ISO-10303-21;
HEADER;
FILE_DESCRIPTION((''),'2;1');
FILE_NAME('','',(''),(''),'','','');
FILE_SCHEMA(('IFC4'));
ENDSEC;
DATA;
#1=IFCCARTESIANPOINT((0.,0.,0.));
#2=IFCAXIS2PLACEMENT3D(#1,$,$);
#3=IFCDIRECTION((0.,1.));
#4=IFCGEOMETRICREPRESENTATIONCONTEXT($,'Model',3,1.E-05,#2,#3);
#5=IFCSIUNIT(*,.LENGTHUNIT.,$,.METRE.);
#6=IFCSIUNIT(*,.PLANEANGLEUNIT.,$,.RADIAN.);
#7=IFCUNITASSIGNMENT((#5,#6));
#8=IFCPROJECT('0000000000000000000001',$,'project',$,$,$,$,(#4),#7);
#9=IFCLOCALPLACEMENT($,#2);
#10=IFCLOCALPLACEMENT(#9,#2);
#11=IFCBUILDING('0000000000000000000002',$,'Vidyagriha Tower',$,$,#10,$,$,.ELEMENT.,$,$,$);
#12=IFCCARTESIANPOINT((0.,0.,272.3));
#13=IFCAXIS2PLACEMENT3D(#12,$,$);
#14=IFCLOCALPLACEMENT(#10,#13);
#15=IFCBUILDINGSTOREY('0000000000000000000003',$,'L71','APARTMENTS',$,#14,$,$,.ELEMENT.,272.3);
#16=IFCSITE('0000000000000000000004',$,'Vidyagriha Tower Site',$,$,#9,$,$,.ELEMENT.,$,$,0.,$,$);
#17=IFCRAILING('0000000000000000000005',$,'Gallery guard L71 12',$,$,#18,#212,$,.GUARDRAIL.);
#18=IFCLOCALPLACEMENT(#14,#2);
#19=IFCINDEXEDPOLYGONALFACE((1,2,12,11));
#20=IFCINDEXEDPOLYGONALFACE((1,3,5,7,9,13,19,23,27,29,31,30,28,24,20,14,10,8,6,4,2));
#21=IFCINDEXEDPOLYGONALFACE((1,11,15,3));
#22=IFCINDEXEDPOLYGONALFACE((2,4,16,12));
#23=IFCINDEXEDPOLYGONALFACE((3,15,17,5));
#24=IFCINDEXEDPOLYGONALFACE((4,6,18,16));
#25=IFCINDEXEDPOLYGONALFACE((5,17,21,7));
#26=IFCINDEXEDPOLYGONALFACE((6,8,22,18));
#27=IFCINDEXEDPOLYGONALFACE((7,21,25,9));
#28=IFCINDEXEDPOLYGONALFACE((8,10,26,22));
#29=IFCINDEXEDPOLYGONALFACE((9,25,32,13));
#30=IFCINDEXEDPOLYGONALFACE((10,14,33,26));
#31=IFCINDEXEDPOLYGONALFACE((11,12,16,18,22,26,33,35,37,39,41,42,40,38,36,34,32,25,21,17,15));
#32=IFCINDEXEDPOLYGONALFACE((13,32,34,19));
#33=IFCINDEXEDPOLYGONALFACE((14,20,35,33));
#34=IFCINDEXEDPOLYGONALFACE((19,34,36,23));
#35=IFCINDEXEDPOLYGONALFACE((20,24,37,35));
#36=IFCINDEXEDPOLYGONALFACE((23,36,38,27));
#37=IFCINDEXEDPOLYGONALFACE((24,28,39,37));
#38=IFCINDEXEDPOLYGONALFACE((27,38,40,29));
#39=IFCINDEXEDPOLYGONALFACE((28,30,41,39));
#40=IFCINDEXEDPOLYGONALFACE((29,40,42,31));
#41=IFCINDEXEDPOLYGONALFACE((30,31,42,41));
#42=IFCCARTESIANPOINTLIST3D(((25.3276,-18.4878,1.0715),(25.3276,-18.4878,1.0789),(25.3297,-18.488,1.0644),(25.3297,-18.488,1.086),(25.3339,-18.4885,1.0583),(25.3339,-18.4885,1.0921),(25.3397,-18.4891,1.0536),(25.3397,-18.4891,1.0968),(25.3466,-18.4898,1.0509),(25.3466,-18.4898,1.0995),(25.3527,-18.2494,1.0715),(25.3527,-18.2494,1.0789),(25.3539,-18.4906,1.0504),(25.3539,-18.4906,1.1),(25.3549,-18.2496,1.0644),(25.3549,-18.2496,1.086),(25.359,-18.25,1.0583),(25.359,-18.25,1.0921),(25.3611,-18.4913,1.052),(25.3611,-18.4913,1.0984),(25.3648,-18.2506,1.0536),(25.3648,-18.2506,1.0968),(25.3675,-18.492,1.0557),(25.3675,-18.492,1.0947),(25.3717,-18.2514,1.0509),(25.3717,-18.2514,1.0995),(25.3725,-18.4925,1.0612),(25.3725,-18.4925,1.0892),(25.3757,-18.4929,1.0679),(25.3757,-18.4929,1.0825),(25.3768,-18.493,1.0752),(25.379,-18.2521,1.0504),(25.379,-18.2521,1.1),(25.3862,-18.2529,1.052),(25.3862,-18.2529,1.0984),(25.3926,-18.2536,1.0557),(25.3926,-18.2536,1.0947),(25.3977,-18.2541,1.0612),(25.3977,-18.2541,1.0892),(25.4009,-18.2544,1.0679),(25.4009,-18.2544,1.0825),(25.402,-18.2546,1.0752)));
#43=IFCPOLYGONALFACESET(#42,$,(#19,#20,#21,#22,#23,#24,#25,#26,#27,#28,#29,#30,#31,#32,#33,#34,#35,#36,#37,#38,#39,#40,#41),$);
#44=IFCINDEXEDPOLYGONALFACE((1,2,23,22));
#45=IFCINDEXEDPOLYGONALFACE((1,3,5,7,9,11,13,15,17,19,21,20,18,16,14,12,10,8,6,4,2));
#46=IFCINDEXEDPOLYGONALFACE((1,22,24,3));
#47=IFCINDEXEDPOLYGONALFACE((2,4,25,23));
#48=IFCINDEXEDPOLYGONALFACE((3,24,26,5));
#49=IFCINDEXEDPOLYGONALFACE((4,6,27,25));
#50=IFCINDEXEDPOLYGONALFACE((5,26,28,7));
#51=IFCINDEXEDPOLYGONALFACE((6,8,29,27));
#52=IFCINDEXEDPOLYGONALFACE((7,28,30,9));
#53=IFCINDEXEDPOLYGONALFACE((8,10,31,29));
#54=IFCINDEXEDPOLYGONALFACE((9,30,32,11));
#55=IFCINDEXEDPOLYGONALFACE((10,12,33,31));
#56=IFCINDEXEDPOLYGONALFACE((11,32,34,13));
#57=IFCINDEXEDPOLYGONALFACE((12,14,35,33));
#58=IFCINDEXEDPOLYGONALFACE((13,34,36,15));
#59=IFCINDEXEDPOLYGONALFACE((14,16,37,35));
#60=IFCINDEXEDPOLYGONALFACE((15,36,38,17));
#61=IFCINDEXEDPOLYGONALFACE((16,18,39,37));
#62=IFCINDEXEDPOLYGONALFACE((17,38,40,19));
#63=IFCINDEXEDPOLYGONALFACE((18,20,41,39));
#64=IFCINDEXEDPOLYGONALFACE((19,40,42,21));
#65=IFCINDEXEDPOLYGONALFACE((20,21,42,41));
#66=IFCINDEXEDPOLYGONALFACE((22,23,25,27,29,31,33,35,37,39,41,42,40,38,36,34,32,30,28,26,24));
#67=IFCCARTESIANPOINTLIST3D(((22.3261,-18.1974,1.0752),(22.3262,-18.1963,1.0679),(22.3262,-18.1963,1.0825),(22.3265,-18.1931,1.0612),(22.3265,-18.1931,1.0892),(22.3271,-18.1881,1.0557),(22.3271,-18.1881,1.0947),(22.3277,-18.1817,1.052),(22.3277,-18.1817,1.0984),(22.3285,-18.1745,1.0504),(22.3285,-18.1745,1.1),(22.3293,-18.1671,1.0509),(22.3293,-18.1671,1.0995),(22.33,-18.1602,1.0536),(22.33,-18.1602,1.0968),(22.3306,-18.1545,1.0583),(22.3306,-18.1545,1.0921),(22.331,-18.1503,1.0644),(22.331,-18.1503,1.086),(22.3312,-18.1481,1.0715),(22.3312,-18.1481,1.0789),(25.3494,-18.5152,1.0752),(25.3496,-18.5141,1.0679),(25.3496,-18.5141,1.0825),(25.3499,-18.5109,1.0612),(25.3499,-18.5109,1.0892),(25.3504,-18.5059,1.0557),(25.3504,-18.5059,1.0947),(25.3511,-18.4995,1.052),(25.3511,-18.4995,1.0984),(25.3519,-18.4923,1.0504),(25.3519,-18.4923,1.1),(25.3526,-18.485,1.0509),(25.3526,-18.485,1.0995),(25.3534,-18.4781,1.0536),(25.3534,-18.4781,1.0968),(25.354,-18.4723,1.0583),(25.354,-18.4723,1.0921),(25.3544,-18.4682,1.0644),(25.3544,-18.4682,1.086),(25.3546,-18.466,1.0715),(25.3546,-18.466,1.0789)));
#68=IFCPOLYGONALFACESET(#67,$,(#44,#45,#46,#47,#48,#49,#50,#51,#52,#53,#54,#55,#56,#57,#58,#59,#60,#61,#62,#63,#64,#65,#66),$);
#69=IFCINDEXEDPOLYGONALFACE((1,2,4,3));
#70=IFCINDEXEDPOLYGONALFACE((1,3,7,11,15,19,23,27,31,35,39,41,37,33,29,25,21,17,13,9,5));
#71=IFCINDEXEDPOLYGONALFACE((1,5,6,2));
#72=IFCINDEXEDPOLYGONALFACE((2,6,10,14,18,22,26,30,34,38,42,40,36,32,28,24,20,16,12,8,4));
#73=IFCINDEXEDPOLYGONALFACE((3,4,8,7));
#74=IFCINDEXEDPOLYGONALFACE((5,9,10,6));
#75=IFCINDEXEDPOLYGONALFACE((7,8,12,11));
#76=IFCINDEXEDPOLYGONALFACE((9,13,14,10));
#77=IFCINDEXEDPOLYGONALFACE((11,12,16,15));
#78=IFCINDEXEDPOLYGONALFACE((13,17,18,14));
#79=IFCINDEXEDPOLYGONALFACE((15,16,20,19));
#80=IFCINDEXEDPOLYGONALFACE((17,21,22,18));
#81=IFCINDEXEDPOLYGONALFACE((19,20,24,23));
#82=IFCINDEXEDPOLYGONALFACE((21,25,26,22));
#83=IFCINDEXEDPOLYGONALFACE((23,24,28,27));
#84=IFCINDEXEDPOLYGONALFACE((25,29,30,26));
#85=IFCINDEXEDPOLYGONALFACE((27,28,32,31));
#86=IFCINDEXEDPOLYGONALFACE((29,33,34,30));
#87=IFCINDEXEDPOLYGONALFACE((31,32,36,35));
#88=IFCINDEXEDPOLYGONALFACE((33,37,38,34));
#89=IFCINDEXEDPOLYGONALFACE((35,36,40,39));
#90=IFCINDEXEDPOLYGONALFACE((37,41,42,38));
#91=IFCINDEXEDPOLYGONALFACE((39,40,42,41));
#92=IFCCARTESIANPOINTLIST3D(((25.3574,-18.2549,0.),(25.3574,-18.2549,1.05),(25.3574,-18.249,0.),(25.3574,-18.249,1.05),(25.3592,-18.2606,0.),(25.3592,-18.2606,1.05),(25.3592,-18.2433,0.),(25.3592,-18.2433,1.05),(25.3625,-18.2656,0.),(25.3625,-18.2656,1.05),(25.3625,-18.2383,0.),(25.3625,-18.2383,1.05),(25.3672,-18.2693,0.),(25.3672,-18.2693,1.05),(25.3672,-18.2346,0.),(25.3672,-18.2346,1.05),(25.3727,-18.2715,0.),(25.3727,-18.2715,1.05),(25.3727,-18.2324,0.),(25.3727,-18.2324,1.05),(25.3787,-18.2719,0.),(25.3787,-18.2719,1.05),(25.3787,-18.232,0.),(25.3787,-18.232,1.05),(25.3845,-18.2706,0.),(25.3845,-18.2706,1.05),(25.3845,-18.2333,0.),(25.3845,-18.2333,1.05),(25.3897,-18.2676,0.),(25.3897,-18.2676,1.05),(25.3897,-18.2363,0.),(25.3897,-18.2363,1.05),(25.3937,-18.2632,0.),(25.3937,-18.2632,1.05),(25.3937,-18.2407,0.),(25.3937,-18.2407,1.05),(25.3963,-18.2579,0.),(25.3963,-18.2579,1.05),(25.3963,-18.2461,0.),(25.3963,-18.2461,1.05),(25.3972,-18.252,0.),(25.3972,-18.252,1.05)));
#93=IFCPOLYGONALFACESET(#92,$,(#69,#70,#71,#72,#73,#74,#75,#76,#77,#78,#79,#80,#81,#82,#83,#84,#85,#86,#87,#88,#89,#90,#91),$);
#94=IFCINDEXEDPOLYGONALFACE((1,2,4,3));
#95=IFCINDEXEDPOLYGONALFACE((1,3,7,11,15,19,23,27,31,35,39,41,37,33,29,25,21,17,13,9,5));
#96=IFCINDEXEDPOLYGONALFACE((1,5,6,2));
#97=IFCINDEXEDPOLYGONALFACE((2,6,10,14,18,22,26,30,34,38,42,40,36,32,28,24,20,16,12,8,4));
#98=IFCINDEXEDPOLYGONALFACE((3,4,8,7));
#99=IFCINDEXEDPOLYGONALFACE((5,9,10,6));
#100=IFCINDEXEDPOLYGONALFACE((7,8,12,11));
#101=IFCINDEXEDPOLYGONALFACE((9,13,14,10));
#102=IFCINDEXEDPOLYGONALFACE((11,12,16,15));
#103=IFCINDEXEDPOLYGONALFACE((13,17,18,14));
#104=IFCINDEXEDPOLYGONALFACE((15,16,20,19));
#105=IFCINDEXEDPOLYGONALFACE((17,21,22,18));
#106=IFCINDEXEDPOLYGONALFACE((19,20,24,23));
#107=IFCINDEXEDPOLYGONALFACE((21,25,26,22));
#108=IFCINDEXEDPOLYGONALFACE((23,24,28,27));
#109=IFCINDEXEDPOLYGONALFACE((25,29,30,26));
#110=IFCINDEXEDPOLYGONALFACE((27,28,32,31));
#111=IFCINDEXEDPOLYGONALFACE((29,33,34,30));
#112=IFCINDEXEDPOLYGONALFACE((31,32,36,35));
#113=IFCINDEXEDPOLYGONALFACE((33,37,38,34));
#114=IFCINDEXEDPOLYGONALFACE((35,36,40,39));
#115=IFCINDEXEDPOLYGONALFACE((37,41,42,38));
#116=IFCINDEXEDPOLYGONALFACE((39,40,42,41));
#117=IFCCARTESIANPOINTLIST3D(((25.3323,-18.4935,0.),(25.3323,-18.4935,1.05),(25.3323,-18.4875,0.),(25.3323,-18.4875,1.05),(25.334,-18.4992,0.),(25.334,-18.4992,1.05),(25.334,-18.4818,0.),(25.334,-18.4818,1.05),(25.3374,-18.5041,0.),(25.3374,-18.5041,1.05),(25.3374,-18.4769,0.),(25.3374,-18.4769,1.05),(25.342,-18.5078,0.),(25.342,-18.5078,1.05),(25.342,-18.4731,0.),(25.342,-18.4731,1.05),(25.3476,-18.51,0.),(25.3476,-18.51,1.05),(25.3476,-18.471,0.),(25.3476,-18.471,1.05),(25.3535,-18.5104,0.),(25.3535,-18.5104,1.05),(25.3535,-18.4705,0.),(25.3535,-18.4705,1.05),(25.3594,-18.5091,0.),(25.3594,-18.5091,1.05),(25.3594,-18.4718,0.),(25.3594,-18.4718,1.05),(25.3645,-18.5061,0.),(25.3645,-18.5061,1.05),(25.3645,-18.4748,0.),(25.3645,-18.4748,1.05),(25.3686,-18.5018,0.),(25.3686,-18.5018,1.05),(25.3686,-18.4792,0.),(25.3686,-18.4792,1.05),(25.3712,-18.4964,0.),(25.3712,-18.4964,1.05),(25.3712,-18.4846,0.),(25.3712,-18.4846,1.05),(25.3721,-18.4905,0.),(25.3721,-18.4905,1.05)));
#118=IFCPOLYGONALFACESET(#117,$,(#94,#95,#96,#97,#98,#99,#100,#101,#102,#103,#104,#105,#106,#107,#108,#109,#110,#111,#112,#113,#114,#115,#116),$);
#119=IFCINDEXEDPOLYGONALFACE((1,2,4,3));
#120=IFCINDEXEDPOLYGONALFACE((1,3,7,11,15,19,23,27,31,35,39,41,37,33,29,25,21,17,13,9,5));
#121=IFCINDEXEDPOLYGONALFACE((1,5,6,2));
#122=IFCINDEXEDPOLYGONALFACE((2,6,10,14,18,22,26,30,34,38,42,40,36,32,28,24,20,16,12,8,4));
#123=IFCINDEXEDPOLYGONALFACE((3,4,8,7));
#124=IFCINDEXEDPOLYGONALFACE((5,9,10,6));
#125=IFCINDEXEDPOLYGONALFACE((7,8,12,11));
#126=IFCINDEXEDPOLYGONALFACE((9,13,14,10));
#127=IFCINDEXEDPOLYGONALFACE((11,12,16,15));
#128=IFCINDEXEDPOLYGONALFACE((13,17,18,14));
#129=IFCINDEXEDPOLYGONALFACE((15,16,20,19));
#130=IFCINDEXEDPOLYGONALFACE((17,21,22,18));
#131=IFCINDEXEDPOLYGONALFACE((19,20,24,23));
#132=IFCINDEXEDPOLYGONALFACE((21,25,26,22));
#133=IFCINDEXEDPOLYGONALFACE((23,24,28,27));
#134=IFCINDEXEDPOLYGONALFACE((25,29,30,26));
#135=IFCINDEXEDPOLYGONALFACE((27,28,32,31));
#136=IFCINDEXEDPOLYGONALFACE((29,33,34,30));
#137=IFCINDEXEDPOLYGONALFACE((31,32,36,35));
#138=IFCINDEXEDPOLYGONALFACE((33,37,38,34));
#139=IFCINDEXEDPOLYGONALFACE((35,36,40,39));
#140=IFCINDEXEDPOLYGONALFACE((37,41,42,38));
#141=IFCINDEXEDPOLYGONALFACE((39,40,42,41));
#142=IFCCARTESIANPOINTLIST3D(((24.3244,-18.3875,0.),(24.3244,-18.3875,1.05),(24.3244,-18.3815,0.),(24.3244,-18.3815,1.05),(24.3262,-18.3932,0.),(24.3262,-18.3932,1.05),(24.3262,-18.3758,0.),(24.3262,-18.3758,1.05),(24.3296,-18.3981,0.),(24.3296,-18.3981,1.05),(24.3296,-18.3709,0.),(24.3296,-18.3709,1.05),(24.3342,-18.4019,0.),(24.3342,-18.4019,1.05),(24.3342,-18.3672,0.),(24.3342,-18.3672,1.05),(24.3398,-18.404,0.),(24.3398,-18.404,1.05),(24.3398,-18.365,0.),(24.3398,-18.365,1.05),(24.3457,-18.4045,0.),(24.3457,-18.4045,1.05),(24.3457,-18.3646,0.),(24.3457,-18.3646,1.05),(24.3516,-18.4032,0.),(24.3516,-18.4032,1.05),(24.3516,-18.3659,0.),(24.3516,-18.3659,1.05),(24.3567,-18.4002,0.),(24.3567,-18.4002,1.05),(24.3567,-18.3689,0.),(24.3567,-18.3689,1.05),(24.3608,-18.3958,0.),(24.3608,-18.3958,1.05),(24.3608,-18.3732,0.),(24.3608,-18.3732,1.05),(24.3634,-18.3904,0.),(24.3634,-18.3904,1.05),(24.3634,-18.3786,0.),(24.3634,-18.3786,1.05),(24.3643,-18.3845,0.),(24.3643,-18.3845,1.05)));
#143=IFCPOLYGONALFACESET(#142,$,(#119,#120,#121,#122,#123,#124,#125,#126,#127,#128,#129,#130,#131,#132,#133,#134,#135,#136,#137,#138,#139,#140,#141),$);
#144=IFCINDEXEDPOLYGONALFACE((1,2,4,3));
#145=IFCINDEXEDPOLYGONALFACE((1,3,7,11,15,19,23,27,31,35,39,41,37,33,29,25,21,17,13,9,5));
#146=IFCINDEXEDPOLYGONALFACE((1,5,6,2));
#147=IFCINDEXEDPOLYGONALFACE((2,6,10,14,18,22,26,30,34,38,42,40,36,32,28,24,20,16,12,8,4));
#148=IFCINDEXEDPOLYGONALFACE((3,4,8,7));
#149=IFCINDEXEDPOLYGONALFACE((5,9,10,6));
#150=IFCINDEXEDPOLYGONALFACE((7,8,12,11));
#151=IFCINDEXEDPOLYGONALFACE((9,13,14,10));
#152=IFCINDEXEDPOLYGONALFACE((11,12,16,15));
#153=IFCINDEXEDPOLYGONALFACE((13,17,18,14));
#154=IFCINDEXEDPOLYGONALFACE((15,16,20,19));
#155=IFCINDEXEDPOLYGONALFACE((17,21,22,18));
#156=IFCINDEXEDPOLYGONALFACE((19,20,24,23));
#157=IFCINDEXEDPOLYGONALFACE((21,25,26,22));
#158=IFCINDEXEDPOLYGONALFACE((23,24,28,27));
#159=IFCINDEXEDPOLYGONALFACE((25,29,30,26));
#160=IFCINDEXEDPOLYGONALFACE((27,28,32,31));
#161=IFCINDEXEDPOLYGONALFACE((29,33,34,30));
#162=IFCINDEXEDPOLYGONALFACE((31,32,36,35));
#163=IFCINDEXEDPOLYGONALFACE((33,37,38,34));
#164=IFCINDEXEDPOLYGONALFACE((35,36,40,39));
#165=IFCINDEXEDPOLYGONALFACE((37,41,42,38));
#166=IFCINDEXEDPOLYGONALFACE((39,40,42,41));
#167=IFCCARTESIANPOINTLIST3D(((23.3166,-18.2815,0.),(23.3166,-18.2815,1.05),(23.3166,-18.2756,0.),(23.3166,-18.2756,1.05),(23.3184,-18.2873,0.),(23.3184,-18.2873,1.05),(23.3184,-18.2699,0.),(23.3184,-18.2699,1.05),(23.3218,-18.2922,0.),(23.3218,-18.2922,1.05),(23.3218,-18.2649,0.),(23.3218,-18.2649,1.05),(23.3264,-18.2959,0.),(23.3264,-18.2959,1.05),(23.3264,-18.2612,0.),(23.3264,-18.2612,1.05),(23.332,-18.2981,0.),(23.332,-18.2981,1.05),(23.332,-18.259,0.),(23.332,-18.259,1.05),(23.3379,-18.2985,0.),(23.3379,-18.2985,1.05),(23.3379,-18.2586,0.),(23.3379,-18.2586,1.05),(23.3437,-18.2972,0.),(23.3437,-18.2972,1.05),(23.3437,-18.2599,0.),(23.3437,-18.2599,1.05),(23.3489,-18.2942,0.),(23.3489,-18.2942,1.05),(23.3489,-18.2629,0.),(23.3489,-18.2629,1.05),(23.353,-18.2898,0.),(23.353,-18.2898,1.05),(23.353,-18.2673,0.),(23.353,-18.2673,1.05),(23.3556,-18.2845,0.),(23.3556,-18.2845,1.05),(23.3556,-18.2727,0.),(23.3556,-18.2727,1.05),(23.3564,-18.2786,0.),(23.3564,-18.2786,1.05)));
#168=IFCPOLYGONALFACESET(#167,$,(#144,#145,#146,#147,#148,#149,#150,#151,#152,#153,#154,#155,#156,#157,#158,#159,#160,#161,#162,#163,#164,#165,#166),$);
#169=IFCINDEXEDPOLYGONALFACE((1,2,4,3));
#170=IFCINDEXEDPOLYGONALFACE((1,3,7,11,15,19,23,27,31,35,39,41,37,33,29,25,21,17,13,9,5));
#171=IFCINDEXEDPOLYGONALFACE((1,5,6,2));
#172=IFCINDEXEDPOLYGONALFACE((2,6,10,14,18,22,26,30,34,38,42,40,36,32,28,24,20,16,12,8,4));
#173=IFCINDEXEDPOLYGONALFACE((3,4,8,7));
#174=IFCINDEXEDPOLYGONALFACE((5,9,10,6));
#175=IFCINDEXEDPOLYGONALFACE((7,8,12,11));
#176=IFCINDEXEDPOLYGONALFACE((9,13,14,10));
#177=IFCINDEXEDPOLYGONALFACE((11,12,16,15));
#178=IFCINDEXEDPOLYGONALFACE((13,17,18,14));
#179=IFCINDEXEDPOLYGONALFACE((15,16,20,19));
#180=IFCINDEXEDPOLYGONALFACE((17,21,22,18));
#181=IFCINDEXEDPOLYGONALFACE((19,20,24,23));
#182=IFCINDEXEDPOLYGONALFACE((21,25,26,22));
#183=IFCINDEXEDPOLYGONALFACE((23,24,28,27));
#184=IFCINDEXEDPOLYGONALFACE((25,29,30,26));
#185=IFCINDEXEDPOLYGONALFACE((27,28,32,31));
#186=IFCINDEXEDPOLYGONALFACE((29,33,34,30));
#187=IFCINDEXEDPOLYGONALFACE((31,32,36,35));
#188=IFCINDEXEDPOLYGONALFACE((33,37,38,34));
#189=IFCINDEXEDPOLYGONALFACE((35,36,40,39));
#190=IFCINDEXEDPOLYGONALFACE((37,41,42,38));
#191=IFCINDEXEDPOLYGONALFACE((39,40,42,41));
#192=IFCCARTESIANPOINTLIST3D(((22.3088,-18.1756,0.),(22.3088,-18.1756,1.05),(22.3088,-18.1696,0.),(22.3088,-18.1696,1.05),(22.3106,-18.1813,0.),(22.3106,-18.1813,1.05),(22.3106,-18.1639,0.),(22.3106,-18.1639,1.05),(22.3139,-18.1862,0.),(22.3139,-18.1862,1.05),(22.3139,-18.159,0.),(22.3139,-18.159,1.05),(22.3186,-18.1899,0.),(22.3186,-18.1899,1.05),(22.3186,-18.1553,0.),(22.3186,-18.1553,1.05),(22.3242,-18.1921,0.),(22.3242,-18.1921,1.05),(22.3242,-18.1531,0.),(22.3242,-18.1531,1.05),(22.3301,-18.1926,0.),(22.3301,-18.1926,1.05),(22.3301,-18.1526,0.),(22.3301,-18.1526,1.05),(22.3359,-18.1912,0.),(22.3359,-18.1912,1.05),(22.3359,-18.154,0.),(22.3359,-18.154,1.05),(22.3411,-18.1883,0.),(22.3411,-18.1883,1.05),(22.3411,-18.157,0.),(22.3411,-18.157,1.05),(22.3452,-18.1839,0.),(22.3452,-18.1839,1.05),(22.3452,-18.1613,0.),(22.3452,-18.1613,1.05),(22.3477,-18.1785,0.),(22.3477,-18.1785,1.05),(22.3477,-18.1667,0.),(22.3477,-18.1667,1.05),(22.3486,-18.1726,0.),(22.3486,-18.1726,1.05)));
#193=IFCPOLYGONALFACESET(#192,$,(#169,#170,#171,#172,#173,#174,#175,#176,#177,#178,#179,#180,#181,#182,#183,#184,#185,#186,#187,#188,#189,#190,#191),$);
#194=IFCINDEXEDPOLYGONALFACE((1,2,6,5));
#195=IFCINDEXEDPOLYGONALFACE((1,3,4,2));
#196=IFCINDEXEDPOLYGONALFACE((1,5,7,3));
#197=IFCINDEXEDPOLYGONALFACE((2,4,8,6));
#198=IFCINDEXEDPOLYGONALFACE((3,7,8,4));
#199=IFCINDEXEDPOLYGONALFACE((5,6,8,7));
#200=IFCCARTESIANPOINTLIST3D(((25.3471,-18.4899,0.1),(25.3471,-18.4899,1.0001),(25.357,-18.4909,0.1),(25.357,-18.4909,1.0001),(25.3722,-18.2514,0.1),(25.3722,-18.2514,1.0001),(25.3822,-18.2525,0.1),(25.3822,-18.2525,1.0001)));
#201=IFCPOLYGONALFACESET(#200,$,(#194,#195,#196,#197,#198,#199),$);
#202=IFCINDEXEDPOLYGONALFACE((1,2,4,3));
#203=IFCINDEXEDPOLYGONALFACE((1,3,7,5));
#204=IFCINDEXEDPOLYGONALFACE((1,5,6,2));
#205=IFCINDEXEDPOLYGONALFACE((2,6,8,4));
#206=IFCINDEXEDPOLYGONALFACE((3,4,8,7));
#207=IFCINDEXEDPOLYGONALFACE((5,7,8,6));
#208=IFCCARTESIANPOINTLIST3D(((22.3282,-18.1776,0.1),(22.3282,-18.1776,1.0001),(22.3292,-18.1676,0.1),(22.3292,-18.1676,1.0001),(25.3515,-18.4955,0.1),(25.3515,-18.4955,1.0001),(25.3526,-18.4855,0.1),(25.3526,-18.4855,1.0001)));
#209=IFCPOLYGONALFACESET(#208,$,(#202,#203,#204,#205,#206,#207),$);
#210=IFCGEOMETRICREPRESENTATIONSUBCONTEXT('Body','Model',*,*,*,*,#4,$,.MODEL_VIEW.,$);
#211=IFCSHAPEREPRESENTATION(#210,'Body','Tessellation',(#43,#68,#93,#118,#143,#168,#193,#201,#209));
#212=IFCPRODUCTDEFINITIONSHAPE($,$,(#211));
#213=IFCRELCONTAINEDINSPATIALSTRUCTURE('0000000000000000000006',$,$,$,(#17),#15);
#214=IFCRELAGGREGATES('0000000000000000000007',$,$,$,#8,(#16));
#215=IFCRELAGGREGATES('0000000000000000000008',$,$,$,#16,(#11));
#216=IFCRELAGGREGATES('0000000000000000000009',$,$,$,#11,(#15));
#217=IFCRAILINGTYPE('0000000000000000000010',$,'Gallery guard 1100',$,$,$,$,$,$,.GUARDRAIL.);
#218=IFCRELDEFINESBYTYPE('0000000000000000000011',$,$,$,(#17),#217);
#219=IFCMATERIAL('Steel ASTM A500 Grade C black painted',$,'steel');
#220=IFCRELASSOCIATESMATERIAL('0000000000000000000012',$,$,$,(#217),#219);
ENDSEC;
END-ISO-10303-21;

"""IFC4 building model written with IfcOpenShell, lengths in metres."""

from ifc_helpers import new_model, si_unit, direction, frame, origin, origin_2d, place, context, subcontext, project, spatial, rectangle, circle, extrude, material, type_object, element, save


model = new_model("IFC4")

# Units and contexts
model_context = context("Model", 3, precision=1e-05, world=origin(), true_north=direction((0.0, 1.0)))
body_context = subcontext(model_context, "Body", "Model", "MODEL_VIEW")
ifc_project = project(units=[si_unit("LENGTHUNIT", "METRE"), si_unit("PLANEANGLEUNIT", "RADIAN")], contexts=[model_context])

# Site, building, storey
site_placement = place(None, origin())
site = spatial("IfcSite", under=ifc_project, at=site_placement, Name="Vidyagriha Tower Site", CompositionType="ELEMENT", RefElevation=0.0)
building_placement = place(site_placement, origin())
building = spatial("IfcBuilding", under=site, at=building_placement, Name="Vidyagriha Tower", CompositionType="ELEMENT")
storey_placement = place(building_placement, frame((0.0, 0.0, 272.3)))
storey = spatial("IfcBuildingStorey", under=building, at=storey_placement, Name="L71", Description="APARTMENTS", CompositionType="ELEMENT", Elevation=272.3)

# Railing
ifc_material_1 = material(Name="Steel ASTM A500 Grade C black painted", Category="steel")
railing_type = type_object("IfcRailingType", Name="Gallery guard 1100", PredefinedType="GUARDRAIL", material=ifc_material_1)
railing_1_placement = place(storey_placement, frame((25.3772, -18.252, 0.0)))
element("IfcRailing", 1, at=railing_1_placement, inside=storey, type_object=railing_type, Name="Gallery guard L71 12", PredefinedType="GUARDRAIL", context=body_context, shape_type="SweptSolid", body=[
    extrude(circle(Radius=0.0249, at=origin_2d()), frame((0.0, 0.0, 1.0752), z_axis=(-0.104844, -0.994489, 0.0), x_axis=(0.994489, -0.104844, 0.0)), (0.0, 0.0, 1.0), 0.2397),
    extrude(circle(Radius=0.0249, at=origin_2d()), frame((-0.0251, -0.2385, 1.0752), z_axis=(-0.994519, 0.104559, 0.0), x_axis=(-0.104559, -0.994519, 0.0)), (0.0, 0.0, 1.0), 3.04),
    extrude(circle(Radius=0.02, at=origin_2d()), origin(), (0.0, 0.0, 1.0), 1.05),
    extrude(circle(Radius=0.02, at=origin_2d()), frame((-0.0251, -0.2385, 0.0)), (0.0, 0.0, 1.0), 1.05),
    extrude(circle(Radius=0.02, at=origin_2d()), frame((-1.033, -0.1326, 0.0)), (0.0, 0.0, 1.0), 1.05),
    extrude(circle(Radius=0.02, at=origin_2d()), frame((-2.0408, -0.0266, 0.0)), (0.0, 0.0, 1.0), 1.05),
    extrude(circle(Radius=0.02, at=origin_2d()), frame((-3.0486, 0.0793, 0.0)), (0.0, 0.0, 1.0), 1.05),
    extrude(rectangle(XDim=0.01, YDim=0.9001, at=origin_2d()), frame((0.0, 0.0, 0.55), z_axis=(-0.104844, -0.994489, 0.0), x_axis=(0.994489, -0.104844, 0.0)), (0.0, 0.0, 1.0), 0.2397),
    extrude(rectangle(XDim=0.01, YDim=0.9001, at=origin_2d()), frame((-0.0251, -0.2385, 0.55), z_axis=(-0.994519, 0.104559, 0.0), x_axis=(-0.104559, -0.994519, 0.0)), (0.0, 0.0, 1.0), 3.04),
])

save(model, "model.ifc")
